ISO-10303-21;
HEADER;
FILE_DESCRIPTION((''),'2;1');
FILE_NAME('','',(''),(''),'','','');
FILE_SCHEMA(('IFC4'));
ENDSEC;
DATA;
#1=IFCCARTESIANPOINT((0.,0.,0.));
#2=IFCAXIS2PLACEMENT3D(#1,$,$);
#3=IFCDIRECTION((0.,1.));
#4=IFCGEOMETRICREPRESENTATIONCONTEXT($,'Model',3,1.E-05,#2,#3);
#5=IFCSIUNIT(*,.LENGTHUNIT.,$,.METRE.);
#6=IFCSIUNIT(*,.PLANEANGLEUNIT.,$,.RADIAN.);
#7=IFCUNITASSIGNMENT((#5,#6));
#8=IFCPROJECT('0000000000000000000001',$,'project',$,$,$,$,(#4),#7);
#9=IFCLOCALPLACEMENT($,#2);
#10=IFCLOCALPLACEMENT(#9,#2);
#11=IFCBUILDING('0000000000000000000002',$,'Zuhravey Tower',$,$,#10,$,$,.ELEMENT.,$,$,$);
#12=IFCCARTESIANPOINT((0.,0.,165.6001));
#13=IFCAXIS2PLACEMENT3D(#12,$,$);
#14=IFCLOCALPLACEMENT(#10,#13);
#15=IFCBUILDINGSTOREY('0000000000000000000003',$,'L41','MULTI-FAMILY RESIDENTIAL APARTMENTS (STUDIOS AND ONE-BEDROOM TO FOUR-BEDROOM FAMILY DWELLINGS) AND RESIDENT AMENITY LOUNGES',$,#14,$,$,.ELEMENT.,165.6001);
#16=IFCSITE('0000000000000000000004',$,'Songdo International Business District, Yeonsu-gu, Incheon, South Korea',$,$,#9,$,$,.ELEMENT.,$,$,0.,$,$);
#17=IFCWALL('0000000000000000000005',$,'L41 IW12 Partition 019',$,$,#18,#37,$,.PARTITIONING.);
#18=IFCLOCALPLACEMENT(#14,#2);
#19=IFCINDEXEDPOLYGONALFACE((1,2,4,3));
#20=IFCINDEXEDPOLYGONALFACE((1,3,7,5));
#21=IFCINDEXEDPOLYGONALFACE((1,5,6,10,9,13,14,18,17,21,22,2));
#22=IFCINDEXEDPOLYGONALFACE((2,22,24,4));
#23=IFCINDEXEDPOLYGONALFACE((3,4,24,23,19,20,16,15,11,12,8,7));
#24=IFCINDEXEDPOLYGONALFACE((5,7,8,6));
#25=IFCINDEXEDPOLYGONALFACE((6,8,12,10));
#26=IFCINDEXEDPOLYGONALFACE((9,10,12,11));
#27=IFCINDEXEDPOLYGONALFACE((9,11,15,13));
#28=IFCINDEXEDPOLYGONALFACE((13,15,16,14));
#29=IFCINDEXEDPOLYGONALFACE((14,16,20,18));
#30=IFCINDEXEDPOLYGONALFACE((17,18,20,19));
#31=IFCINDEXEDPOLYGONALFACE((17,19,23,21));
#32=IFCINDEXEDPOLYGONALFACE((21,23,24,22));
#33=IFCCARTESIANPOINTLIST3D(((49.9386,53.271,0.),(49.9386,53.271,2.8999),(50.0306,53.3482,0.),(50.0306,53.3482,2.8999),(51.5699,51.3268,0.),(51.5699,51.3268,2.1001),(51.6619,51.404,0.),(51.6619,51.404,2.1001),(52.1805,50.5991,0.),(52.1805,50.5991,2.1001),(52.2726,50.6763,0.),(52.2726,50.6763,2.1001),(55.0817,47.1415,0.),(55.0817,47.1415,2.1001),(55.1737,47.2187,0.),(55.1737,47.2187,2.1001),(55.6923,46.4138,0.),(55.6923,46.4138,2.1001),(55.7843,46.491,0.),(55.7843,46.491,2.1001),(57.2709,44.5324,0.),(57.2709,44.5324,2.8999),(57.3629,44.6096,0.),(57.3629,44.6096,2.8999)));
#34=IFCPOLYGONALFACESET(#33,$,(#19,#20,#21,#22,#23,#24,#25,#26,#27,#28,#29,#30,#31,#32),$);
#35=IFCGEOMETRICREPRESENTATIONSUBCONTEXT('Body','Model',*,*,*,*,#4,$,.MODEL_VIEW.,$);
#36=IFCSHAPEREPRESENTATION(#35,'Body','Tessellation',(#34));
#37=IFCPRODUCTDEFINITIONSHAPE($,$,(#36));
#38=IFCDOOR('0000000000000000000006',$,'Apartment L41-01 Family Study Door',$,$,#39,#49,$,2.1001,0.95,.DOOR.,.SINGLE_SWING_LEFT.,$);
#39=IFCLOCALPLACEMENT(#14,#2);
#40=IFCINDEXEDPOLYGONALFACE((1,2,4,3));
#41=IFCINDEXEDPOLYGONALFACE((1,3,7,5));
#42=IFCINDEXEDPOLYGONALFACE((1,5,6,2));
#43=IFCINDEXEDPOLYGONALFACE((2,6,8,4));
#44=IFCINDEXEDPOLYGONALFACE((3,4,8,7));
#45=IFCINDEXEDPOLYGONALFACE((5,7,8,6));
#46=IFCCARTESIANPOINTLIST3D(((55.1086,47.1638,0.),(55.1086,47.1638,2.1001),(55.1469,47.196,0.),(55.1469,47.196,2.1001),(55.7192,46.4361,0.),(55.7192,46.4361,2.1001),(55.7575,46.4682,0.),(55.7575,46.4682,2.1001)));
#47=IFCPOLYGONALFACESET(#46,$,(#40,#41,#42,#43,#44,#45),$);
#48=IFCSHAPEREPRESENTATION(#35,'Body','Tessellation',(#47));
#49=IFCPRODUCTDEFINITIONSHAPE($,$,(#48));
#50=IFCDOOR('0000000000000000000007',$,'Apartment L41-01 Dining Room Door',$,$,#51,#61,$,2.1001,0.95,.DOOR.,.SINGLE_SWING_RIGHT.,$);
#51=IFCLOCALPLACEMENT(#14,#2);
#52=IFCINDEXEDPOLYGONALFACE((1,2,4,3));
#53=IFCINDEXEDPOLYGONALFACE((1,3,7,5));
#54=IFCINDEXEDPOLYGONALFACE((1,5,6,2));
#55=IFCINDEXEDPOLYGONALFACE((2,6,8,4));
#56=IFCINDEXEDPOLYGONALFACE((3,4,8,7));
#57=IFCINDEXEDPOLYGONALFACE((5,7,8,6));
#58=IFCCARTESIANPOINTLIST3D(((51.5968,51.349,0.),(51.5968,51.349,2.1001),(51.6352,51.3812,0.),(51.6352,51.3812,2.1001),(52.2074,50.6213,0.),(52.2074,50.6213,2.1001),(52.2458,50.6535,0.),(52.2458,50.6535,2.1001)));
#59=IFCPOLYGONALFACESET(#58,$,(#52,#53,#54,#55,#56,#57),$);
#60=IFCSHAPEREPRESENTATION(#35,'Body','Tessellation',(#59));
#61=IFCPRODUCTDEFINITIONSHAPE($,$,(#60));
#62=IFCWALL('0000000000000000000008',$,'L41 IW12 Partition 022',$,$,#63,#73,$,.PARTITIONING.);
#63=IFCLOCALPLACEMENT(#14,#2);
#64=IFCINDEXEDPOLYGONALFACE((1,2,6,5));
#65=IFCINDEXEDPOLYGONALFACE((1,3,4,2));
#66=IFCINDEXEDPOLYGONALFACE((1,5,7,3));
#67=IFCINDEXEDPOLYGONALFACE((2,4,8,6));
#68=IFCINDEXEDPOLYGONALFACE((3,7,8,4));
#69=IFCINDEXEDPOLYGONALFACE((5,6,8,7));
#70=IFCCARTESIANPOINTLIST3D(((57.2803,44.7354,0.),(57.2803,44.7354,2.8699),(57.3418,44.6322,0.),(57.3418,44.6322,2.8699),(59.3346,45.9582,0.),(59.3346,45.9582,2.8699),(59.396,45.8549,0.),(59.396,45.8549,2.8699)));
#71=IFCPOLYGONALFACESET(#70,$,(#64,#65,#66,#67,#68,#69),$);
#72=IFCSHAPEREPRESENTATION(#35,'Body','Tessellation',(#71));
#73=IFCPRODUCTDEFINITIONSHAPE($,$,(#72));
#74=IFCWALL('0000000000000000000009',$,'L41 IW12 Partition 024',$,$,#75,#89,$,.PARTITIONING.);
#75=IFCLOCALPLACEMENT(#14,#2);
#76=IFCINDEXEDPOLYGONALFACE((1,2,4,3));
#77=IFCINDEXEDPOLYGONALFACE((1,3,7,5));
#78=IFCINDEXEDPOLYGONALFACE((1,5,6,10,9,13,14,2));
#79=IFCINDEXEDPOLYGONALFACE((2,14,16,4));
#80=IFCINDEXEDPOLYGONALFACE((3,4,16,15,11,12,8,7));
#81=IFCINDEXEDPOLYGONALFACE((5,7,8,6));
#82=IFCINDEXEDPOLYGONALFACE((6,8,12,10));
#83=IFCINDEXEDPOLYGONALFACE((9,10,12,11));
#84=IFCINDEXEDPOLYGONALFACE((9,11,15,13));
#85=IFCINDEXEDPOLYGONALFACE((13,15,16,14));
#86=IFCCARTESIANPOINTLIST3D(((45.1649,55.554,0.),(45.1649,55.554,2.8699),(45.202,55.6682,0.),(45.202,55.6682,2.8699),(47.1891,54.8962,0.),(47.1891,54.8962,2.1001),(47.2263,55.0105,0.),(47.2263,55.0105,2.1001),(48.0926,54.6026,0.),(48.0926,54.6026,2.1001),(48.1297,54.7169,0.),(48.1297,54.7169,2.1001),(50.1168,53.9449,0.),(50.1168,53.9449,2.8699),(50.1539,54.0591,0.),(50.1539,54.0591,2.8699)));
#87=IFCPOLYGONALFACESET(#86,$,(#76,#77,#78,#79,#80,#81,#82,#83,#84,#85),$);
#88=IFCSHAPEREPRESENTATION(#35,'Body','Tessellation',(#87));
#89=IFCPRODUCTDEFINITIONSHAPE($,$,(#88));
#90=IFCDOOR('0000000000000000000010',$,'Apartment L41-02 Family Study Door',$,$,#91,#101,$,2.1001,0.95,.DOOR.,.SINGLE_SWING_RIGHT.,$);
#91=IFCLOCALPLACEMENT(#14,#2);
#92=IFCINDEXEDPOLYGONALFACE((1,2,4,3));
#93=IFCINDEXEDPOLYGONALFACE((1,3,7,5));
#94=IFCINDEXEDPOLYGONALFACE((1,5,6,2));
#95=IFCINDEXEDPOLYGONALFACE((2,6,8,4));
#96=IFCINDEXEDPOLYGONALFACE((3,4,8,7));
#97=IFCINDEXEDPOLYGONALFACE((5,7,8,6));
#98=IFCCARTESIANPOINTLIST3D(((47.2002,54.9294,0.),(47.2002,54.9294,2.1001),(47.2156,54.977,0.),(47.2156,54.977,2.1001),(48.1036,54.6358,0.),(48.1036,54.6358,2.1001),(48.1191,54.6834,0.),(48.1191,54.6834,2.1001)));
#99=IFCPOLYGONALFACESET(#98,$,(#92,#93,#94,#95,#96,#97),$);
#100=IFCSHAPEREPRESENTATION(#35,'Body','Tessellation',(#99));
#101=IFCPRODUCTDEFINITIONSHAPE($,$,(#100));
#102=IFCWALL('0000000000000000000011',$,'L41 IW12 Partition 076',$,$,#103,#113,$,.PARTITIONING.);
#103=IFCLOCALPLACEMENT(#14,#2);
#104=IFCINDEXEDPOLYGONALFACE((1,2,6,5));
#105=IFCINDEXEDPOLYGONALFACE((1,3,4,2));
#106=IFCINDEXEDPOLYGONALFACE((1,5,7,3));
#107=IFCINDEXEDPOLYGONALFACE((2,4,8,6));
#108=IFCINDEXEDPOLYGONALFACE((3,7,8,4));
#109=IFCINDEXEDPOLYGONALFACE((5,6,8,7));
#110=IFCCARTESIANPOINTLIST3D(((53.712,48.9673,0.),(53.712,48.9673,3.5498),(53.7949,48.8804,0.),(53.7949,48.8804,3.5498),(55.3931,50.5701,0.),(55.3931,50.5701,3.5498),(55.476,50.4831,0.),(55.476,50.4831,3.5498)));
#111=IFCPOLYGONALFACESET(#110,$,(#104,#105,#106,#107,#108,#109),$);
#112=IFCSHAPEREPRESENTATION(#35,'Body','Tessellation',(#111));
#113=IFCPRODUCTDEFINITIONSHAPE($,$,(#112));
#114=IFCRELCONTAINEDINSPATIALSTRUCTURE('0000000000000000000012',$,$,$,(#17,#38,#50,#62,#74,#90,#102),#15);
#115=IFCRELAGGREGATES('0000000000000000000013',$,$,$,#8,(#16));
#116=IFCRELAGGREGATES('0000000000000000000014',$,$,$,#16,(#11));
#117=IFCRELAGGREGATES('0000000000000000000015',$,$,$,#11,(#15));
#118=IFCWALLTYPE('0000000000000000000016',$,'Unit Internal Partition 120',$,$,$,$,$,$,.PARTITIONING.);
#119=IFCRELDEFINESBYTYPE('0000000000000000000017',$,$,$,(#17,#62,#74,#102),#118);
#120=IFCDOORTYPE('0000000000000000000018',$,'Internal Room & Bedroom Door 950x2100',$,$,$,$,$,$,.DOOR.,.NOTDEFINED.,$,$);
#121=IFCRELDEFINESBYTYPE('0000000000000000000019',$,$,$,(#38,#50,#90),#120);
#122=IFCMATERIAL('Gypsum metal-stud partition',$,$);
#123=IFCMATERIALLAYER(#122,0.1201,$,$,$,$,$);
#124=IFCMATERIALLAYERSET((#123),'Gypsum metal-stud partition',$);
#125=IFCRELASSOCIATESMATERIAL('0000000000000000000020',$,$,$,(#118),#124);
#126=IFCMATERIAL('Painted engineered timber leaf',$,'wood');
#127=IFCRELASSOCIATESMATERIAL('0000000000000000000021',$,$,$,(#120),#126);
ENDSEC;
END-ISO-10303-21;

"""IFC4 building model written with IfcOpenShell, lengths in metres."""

from ifc_helpers import new_model, si_unit, direction, frame, frame_2d, origin, place, context, subcontext, project, spatial, rectangle, extrude, material, layer, layer_set, type_object, element, fill, save


model = new_model("IFC4")

# Units and contexts
model_context = context("Model", 3, precision=1e-05, world=origin(), true_north=direction((0.0, 1.0)))
body_context = subcontext(model_context, "Body", "Model", "MODEL_VIEW")
ifc_project = project(units=[si_unit("LENGTHUNIT", "METRE"), si_unit("PLANEANGLEUNIT", "RADIAN")], contexts=[model_context])

# Site, building, storey
site_placement = place(None, origin())
site = spatial("IfcSite", under=ifc_project, at=site_placement, Name="Songdo International Business District, Yeonsu-gu, Incheon, South Korea", CompositionType="ELEMENT", RefElevation=0.0)
building_placement = place(site_placement, origin())
building = spatial("IfcBuilding", under=site, at=building_placement, Name="Zuhravey Tower", CompositionType="ELEMENT")
storey_placement = place(building_placement, frame((0.0, 0.0, 165.6001)))
storey = spatial("IfcBuildingStorey", under=building, at=storey_placement, Name="L41", Description="MULTI-FAMILY RESIDENTIAL APARTMENTS (STUDIOS AND ONE-BEDROOM TO FOUR-BEDROOM FAMILY DWELLINGS) AND RESIDENT AMENITY LOUNGES", CompositionType="ELEMENT", Elevation=165.6001)

# Wall, openings, doors
ifc_material_1 = material(Name="Gypsum metal-stud partition")
ifc_layer_1 = layer(ifc_material_1, 0.1201)
ifc_layer_set_1 = layer_set([ifc_layer_1], Name="Gypsum metal-stud partition")
wall_type_1 = type_object("IfcWallType", Name="Unit Internal Partition 120", PredefinedType="PARTITIONING", material=ifc_layer_set_1)
wall_1_placement = place(storey_placement, frame((57.3169, 44.571, 0.0), z_axis=(0.0, 0.0, 1.0), x_axis=(-0.642776, 0.766054, 0.0)))
wall_1 = element("IfcWall", 1, at=wall_1_placement, inside=storey, type_object=wall_type_1, Name="L41 IW12 Partition 019", PredefinedType="PARTITIONING", context=body_context, shape_type="SweptSolid", body=[
    extrude(rectangle(XDim=11.4072, YDim=0.1201, at=frame_2d((5.7036, 0.0))), origin(), (0.0, 0.0, 1.0), 2.8999),
])
opening_1_placement = place(wall_1_placement, frame((2.4558, 0.0, 0.0)))
opening_1 = element("IfcOpeningElement", 2, at=opening_1_placement, cuts=wall_1, PredefinedType="OPENING", context=body_context, shape_type="SweptSolid", body=[
    extrude(rectangle(XDim=0.95, YDim=2.1001, at=frame_2d((0.4751, 1.05))), frame((0.0, 0.072, 0.0), z_axis=(0.0, -1.0, 0.0), x_axis=(1.0, 0.0, 0.0)), (0.0, 0.0, 1.0), 0.144),
])
opening_2_placement = place(wall_1_placement, frame((7.9192, 0.0, 0.0)))
opening_2 = element("IfcOpeningElement", 3, at=opening_2_placement, cuts=wall_1, PredefinedType="OPENING", context=body_context, shape_type="SweptSolid", body=[
    extrude(rectangle(XDim=0.95, YDim=2.1001, at=frame_2d((0.4751, 1.05))), frame((0.0, 0.072, 0.0), z_axis=(0.0, -1.0, 0.0), x_axis=(1.0, 0.0, 0.0)), (0.0, 0.0, 1.0), 0.144),
])
ifc_material_2 = material(Name="Painted engineered timber leaf", Category="wood")
door_type_1 = type_object("IfcDoorType", Name="Internal Room & Bedroom Door 950x2100", OperationType="NOTDEFINED", PredefinedType="DOOR", material=ifc_material_2)
door_1_placement = place(opening_1_placement, frame((0.95, 0.0, 0.0), z_axis=(0.0, 0.0, 1.0), x_axis=(-1.0, 0.0, 0.0)))
door_1 = element("IfcDoor", 4, at=door_1_placement, inside=storey, type_object=door_type_1, Name="Apartment L41-01 Family Study Door", OperationType="SINGLE_SWING_LEFT", OverallHeight=2.1001, OverallWidth=0.95, PredefinedType="DOOR", context=body_context, shape_type="SweptSolid", body=[
    extrude(rectangle(XDim=0.95, YDim=2.1001, at=frame_2d((0.4751, 1.05))), frame((0.0, 0.0249, 0.0), z_axis=(0.0, -1.0, 0.0), x_axis=(1.0, 0.0, 0.0)), (0.0, 0.0, 1.0), 0.05),
])
fill(opening_1, door_1)
door_2_placement = place(opening_2_placement, frame((0.95, 0.0, 0.0), z_axis=(0.0, 0.0, 1.0), x_axis=(-1.0, 0.0, 0.0)))
door_2 = element("IfcDoor", 5, at=door_2_placement, inside=storey, type_object=door_type_1, Name="Apartment L41-01 Dining Room Door", OperationType="SINGLE_SWING_RIGHT", OverallHeight=2.1001, OverallWidth=0.95, PredefinedType="DOOR", context=body_context, shape_type="SweptSolid", body=[
    extrude(rectangle(XDim=0.95, YDim=2.1001, at=frame_2d((0.4751, 1.05))), frame((0.0, 0.0249, 0.0), z_axis=(0.0, -1.0, 0.0), x_axis=(1.0, 0.0, 0.0)), (0.0, 0.0, 1.0), 0.05),
])
fill(opening_2, door_2)

# Wall
wall_2_placement = place(storey_placement, frame((57.311, 44.6838, 0.0), z_axis=(0.0, 0.0, 1.0), x_axis=(0.859308, 0.511459, 0.0)))
element("IfcWall", 6, at=wall_2_placement, inside=storey, type_object=wall_type_1, Name="L41 IW12 Partition 022", PredefinedType="PARTITIONING", context=body_context, shape_type="SweptSolid", body=[
    extrude(rectangle(XDim=2.3906, YDim=0.1201, at=frame_2d((1.1953, 0.0))), origin(), (0.0, 0.0, 1.0), 2.8699),
])

# Wall, opening, door
wall_3_placement = place(storey_placement, frame((50.1355, 54.002, 0.0), z_axis=(0.0, 0.0, 1.0), x_axis=(-0.951048, 0.309045, 0.0)))
wall_3 = element("IfcWall", 7, at=wall_3_placement, inside=storey, type_object=wall_type_1, Name="L41 IW12 Partition 024", PredefinedType="PARTITIONING", context=body_context, shape_type="SweptSolid", body=[
    extrude(rectangle(XDim=5.2068, YDim=0.1201, at=frame_2d((2.6035, 0.0))), origin(), (0.0, 0.0, 1.0), 2.8699),
])
opening_3_placement = place(wall_3_placement, frame((2.1284, 0.0, 0.0)))
opening_3 = element("IfcOpeningElement", 8, at=opening_3_placement, cuts=wall_3, PredefinedType="OPENING", context=body_context, shape_type="SweptSolid", body=[
    extrude(rectangle(XDim=0.95, YDim=2.1001, at=frame_2d((0.4751, 1.05))), frame((0.0, 0.072, 0.0), z_axis=(0.0, -1.0, 0.0), x_axis=(1.0, 0.0, 0.0)), (0.0, 0.0, 1.0), 0.144),
])
door_3_placement = place(opening_3_placement, frame((0.95, 0.0, 0.0), z_axis=(0.0, 0.0, 1.0), x_axis=(-1.0, 0.0, 0.0)))
door_3 = element("IfcDoor", 9, at=door_3_placement, inside=storey, type_object=door_type_1, Name="Apartment L41-02 Family Study Door", OperationType="SINGLE_SWING_RIGHT", OverallHeight=2.1001, OverallWidth=0.95, PredefinedType="DOOR", context=body_context, shape_type="SweptSolid", body=[
    extrude(rectangle(XDim=0.95, YDim=2.1001, at=frame_2d((0.4751, 1.05))), frame((0.0, 0.0249, 0.0), z_axis=(0.0, -1.0, 0.0), x_axis=(1.0, 0.0, 0.0)), (0.0, 0.0, 1.0), 0.05),
])
fill(opening_3, door_3)

# Wall
wall_4_placement = place(storey_placement, frame((53.7534, 48.9238, 0.0), z_axis=(0.0, 0.0, 1.0), x_axis=(0.723775, 0.690036, 0.0)))
element("IfcWall", 10, at=wall_4_placement, inside=storey, type_object=wall_type_1, Name="L41 IW12 Partition 076", PredefinedType="PARTITIONING", context=body_context, shape_type="SweptSolid", body=[
    extrude(rectangle(XDim=2.3228, YDim=0.1201, at=frame_2d((1.1614, 0.0))), origin(), (0.0, 0.0, 1.0), 3.5498),
])

save(model, "model.ifc")
